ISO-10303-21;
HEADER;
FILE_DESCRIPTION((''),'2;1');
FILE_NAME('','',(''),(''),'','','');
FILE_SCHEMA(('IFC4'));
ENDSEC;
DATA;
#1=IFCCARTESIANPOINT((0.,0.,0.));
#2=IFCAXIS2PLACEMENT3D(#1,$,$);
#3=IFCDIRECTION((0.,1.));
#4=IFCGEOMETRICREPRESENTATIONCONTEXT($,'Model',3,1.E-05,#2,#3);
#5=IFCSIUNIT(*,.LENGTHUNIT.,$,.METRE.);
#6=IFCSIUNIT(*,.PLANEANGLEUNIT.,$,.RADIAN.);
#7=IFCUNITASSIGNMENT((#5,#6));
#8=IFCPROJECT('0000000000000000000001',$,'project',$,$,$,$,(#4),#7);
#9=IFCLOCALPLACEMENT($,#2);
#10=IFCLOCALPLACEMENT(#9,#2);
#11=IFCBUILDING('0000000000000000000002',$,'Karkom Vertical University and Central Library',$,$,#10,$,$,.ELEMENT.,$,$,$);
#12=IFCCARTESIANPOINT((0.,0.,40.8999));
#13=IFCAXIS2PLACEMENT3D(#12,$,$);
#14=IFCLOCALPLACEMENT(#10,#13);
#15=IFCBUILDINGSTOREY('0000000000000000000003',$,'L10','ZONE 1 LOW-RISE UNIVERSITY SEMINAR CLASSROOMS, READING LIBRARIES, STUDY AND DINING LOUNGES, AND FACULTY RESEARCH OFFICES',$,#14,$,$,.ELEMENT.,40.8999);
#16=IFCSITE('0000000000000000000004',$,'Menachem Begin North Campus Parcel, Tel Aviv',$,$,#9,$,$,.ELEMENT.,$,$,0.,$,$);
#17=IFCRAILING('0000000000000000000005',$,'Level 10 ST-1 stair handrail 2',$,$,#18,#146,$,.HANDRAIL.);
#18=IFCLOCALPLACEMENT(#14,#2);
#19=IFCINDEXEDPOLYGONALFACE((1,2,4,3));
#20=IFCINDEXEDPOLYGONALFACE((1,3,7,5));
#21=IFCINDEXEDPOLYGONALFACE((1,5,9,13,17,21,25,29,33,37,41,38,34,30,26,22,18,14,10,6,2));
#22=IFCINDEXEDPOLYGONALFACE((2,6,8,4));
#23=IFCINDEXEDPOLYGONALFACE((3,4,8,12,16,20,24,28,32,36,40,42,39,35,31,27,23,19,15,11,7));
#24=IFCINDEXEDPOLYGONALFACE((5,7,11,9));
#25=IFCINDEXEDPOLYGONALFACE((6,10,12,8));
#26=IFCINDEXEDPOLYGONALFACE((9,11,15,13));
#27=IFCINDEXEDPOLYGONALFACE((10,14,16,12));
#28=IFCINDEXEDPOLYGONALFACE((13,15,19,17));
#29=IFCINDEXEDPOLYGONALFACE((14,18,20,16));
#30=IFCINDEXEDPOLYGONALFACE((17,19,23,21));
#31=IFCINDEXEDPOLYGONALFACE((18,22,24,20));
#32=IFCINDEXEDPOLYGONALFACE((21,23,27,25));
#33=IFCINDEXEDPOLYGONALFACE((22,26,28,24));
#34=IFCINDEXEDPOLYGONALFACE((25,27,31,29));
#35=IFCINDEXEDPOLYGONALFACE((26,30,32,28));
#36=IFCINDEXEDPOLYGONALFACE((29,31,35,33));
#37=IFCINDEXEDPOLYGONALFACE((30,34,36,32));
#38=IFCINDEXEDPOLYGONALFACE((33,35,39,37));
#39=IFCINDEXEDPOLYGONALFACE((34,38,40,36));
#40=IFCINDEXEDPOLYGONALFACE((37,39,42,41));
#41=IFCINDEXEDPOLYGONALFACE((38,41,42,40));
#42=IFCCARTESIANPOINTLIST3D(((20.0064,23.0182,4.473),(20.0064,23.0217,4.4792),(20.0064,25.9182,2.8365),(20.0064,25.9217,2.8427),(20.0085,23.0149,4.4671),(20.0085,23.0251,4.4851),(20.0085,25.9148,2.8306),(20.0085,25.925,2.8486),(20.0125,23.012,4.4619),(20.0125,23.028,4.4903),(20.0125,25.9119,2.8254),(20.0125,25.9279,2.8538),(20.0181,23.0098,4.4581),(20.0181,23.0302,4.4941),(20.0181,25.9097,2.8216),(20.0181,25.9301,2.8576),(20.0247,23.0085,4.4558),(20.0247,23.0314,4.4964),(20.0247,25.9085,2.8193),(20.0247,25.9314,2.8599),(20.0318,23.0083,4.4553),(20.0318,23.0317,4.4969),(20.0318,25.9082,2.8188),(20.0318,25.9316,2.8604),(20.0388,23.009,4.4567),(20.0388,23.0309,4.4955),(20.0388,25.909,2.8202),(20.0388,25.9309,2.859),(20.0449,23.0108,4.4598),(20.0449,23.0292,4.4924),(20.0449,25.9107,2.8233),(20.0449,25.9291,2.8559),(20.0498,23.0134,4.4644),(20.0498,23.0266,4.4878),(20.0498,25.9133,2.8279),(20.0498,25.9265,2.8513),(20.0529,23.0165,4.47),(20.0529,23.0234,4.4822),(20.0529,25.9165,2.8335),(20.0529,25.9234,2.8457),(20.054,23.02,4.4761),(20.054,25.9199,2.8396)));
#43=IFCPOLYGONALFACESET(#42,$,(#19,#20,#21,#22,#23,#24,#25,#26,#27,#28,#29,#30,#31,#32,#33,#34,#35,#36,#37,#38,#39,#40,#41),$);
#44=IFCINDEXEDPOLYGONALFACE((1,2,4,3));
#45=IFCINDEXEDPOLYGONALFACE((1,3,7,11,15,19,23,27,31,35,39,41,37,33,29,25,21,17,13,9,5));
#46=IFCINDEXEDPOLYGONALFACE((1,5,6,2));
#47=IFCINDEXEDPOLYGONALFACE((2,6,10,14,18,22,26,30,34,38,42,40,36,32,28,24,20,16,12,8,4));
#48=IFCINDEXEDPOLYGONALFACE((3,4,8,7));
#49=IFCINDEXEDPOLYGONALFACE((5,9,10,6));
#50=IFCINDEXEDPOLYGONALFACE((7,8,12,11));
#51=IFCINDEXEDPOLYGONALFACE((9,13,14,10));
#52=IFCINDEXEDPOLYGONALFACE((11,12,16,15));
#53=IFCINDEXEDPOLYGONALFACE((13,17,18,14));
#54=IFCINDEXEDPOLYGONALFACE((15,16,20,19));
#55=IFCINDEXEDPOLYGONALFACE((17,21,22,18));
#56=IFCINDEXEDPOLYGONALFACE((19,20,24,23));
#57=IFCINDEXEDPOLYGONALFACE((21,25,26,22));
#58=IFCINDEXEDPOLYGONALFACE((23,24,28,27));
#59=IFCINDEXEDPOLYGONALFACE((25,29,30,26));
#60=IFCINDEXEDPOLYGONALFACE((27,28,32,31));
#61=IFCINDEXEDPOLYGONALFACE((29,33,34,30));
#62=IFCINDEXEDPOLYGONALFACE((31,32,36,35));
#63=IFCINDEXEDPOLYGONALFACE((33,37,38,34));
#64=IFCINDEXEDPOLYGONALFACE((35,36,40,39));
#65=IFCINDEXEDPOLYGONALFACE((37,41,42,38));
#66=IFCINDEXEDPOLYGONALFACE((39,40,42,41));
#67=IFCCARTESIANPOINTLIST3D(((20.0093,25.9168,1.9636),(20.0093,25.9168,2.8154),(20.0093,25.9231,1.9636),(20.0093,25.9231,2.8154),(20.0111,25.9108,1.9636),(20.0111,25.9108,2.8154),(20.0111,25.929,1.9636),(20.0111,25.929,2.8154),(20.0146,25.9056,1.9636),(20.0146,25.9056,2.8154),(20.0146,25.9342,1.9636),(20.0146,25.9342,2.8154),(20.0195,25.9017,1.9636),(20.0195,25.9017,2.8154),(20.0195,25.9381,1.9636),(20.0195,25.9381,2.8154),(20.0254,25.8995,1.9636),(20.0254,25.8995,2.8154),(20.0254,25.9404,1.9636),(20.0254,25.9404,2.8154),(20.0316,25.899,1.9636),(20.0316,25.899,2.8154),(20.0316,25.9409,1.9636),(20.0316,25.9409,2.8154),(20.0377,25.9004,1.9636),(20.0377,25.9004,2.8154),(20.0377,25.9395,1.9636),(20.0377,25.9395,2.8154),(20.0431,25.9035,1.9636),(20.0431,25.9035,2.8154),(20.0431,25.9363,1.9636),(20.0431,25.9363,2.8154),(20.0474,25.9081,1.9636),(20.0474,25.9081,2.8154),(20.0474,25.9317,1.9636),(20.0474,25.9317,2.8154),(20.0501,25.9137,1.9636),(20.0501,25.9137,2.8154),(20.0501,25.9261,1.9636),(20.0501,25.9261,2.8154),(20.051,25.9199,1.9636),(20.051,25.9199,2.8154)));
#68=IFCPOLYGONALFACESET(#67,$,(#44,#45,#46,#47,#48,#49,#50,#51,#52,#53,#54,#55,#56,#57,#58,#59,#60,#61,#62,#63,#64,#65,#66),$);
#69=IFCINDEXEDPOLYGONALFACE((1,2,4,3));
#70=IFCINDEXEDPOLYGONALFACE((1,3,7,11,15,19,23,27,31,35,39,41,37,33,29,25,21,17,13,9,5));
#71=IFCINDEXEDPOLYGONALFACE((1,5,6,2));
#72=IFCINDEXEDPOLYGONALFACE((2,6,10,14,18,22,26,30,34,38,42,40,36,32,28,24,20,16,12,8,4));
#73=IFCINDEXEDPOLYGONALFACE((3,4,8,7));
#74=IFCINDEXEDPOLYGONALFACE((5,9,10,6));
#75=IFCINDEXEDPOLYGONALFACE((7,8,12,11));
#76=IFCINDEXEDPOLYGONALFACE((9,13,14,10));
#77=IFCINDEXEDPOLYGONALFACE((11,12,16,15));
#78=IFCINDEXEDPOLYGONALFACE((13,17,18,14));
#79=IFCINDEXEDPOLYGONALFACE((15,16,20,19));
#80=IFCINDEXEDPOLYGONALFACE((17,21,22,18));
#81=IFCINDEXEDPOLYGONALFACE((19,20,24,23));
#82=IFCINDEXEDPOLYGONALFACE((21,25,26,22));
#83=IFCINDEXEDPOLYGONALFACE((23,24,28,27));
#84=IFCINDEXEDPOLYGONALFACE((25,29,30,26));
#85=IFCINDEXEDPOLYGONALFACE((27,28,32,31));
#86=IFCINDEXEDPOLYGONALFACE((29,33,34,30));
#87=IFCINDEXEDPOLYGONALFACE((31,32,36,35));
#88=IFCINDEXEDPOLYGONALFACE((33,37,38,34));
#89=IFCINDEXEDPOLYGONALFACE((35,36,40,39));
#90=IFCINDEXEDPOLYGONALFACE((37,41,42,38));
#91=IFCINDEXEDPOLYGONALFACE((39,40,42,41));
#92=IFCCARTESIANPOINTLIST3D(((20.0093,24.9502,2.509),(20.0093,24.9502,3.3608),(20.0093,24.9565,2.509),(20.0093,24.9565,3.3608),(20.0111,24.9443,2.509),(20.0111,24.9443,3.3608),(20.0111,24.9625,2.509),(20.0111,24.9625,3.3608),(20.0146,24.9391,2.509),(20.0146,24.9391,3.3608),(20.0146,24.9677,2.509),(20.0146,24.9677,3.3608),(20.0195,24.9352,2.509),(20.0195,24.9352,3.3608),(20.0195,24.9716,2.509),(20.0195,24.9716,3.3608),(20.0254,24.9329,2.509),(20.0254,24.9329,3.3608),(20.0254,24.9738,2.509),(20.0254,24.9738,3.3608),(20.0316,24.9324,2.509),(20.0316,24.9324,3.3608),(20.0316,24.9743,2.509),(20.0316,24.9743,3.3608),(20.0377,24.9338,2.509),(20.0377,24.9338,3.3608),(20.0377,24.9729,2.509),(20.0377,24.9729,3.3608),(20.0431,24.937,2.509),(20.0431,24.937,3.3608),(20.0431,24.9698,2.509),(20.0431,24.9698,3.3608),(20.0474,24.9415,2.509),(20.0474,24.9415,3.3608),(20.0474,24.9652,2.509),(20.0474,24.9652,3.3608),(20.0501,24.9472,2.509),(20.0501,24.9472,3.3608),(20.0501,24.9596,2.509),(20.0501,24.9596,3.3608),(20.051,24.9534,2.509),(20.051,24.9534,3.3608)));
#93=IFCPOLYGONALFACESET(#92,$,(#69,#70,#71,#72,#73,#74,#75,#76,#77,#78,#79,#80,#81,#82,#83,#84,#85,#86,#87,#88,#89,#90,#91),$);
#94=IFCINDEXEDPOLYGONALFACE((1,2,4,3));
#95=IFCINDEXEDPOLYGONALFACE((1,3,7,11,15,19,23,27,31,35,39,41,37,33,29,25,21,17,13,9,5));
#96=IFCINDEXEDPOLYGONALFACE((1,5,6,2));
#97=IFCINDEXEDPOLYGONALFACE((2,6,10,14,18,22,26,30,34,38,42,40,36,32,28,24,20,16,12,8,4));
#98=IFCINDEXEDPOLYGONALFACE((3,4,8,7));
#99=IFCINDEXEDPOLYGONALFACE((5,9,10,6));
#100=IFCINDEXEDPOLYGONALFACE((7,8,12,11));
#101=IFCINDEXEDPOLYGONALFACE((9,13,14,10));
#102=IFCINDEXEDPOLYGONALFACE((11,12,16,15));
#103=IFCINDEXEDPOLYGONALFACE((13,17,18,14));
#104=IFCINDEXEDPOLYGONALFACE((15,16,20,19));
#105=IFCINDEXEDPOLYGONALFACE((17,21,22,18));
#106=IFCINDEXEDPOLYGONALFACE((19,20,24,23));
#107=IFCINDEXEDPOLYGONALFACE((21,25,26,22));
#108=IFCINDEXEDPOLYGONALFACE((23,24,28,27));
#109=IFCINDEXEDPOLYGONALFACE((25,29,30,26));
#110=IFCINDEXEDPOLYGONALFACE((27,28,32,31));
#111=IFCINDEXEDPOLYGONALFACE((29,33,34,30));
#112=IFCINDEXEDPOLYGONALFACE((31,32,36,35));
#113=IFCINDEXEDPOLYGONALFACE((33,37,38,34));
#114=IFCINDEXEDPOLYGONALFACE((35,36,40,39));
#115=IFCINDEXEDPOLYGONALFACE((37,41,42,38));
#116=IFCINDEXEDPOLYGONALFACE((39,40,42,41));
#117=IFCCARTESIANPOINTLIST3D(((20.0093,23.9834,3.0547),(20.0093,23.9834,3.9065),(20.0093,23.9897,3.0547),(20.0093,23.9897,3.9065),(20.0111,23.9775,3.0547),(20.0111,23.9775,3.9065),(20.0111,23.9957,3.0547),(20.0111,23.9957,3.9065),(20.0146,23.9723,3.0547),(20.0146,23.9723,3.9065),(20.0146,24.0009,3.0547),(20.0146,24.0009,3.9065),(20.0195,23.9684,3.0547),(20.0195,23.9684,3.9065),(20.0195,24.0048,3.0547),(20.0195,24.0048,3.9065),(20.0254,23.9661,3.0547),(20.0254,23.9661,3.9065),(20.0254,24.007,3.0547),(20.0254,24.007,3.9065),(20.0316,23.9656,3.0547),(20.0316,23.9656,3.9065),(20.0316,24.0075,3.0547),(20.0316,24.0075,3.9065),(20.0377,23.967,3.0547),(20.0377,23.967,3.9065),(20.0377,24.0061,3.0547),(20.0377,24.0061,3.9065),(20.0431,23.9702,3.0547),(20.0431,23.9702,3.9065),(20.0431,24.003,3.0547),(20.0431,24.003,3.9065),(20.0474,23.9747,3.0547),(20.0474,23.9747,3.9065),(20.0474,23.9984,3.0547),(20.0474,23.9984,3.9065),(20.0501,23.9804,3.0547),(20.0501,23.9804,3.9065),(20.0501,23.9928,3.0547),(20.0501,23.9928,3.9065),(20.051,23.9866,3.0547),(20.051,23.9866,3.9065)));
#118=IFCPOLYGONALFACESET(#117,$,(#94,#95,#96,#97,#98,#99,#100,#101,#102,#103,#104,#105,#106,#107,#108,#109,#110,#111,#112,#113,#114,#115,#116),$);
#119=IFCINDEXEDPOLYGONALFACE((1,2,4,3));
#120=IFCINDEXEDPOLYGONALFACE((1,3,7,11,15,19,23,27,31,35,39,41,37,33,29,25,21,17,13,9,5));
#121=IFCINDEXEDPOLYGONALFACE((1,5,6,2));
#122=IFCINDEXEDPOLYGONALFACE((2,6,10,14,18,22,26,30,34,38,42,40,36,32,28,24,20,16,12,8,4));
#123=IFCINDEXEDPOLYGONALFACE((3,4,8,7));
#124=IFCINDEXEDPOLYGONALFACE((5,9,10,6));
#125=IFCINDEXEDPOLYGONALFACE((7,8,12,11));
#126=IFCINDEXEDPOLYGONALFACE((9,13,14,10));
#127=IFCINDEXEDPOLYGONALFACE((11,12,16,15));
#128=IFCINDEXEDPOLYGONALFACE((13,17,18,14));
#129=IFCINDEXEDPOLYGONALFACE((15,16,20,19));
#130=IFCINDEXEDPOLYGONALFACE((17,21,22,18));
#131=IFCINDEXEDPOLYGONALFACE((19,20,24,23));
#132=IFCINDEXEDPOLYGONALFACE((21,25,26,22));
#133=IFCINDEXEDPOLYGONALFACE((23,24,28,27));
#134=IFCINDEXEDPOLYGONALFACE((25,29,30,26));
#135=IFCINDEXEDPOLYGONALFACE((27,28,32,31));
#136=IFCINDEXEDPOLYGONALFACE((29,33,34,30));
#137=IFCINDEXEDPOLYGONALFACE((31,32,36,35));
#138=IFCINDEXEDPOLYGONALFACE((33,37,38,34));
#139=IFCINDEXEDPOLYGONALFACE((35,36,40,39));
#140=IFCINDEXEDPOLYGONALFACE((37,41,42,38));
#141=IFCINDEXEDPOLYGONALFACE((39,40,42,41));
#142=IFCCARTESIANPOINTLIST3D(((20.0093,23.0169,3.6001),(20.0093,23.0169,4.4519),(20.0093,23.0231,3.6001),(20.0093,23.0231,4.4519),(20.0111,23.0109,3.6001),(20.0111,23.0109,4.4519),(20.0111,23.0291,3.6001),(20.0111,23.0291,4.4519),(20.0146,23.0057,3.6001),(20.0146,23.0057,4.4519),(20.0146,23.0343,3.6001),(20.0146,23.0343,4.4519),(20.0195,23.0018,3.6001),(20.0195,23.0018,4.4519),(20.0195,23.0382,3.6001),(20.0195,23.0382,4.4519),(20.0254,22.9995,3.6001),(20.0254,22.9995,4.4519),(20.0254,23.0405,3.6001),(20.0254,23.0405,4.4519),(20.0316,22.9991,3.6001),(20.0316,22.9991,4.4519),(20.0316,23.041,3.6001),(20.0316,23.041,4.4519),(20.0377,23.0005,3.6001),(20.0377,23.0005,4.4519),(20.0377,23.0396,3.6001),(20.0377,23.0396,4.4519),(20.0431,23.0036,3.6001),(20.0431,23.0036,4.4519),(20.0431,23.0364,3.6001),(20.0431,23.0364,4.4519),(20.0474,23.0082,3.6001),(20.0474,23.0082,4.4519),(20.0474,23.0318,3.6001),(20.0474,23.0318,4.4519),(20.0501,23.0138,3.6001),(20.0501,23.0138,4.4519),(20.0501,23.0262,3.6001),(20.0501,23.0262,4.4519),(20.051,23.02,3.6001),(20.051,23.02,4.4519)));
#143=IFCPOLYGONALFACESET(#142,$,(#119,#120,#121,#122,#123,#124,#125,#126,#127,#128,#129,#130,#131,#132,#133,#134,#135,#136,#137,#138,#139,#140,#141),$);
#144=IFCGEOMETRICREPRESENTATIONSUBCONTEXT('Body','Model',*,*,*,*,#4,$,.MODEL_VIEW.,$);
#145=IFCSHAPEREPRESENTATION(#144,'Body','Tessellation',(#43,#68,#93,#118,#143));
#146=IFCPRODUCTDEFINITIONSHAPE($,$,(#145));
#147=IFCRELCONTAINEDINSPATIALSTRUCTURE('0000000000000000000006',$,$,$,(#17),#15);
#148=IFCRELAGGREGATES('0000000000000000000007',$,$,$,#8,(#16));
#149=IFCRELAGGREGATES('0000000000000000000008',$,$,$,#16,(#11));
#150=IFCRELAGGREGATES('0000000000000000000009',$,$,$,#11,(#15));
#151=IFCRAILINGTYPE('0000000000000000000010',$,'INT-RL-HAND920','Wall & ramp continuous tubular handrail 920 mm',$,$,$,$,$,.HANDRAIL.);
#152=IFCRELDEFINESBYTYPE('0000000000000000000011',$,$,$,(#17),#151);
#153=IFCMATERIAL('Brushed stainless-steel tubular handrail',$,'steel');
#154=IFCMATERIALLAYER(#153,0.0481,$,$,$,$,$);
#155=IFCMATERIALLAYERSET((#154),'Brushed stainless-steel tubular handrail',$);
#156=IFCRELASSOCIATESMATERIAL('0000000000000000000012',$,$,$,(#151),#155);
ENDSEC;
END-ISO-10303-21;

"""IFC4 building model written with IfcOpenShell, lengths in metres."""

from ifc_helpers import new_model, si_unit, direction, frame, origin, origin_2d, place, context, subcontext, project, spatial, circle, extrude, material, layer, layer_set, type_object, element, save


model = new_model("IFC4")

# Units and contexts
model_context = context("Model", 3, precision=1e-05, world=origin(), true_north=direction((0.0, 1.0)))
body_context = subcontext(model_context, "Body", "Model", "MODEL_VIEW")
ifc_project = project(units=[si_unit("LENGTHUNIT", "METRE"), si_unit("PLANEANGLEUNIT", "RADIAN")], contexts=[model_context])

# Site, building, storey
site_placement = place(None, origin())
site = spatial("IfcSite", under=ifc_project, at=site_placement, Name="Menachem Begin North Campus Parcel, Tel Aviv", CompositionType="ELEMENT", RefElevation=0.0)
building_placement = place(site_placement, origin())
building = spatial("IfcBuilding", under=site, at=building_placement, Name="Karkom Vertical University and Central Library", CompositionType="ELEMENT")
storey_placement = place(building_placement, frame((0.0, 0.0, 40.8999)))
storey = spatial("IfcBuildingStorey", under=building, at=storey_placement, Name="L10", Description="ZONE 1 LOW-RISE UNIVERSITY SEMINAR CLASSROOMS, READING LIBRARIES, STUDY AND DINING LOUNGES, AND FACULTY RESEARCH OFFICES", CompositionType="ELEMENT", Elevation=40.8999)

# Railing
ifc_material_1 = material(Name="Brushed stainless-steel tubular handrail", Category="steel")
ifc_layer_1 = layer(ifc_material_1, 0.0481)
ifc_layer_set_1 = layer_set([ifc_layer_1], Name="Brushed stainless-steel tubular handrail")
railing_type_1 = type_object("IfcRailingType", Name="INT-RL-HAND920", Description="Wall & ramp continuous tubular handrail 920 mm", PredefinedType="HANDRAIL", material=ifc_layer_set_1)
railing_1_placement = place(storey_placement, frame((20.03, 25.9199, 1.9636)))
element("IfcRailing", 1, at=railing_1_placement, inside=storey, type_object=railing_type_1, Name="Level 10 ST-1 stair handrail 2", PredefinedType="HANDRAIL", context=body_context, shape_type="SweptSolid", body=[
    extrude(circle(Radius=0.0239, at=origin_2d()), frame((0.0, 0.0, 0.876), z_axis=(0.0, -0.870897, 0.491465), x_axis=(1.0, 0.0, 0.0)), (0.0, 0.0, 1.0), 3.3298),
    extrude(circle(Radius=0.021, at=origin_2d()), origin(), (0.0, 0.0, 1.0), 0.8518),
    extrude(circle(Radius=0.021, at=origin_2d()), frame((0.0, -0.9666, 0.5454)), (0.0, 0.0, 1.0), 0.8518),
    extrude(circle(Radius=0.021, at=origin_2d()), frame((0.0, -1.9333, 1.0911)), (0.0, 0.0, 1.0), 0.8518),
    extrude(circle(Radius=0.021, at=origin_2d()), frame((0.0, -2.8999, 1.6365)), (0.0, 0.0, 1.0), 0.8518),
])

save(model, "model.ifc")
